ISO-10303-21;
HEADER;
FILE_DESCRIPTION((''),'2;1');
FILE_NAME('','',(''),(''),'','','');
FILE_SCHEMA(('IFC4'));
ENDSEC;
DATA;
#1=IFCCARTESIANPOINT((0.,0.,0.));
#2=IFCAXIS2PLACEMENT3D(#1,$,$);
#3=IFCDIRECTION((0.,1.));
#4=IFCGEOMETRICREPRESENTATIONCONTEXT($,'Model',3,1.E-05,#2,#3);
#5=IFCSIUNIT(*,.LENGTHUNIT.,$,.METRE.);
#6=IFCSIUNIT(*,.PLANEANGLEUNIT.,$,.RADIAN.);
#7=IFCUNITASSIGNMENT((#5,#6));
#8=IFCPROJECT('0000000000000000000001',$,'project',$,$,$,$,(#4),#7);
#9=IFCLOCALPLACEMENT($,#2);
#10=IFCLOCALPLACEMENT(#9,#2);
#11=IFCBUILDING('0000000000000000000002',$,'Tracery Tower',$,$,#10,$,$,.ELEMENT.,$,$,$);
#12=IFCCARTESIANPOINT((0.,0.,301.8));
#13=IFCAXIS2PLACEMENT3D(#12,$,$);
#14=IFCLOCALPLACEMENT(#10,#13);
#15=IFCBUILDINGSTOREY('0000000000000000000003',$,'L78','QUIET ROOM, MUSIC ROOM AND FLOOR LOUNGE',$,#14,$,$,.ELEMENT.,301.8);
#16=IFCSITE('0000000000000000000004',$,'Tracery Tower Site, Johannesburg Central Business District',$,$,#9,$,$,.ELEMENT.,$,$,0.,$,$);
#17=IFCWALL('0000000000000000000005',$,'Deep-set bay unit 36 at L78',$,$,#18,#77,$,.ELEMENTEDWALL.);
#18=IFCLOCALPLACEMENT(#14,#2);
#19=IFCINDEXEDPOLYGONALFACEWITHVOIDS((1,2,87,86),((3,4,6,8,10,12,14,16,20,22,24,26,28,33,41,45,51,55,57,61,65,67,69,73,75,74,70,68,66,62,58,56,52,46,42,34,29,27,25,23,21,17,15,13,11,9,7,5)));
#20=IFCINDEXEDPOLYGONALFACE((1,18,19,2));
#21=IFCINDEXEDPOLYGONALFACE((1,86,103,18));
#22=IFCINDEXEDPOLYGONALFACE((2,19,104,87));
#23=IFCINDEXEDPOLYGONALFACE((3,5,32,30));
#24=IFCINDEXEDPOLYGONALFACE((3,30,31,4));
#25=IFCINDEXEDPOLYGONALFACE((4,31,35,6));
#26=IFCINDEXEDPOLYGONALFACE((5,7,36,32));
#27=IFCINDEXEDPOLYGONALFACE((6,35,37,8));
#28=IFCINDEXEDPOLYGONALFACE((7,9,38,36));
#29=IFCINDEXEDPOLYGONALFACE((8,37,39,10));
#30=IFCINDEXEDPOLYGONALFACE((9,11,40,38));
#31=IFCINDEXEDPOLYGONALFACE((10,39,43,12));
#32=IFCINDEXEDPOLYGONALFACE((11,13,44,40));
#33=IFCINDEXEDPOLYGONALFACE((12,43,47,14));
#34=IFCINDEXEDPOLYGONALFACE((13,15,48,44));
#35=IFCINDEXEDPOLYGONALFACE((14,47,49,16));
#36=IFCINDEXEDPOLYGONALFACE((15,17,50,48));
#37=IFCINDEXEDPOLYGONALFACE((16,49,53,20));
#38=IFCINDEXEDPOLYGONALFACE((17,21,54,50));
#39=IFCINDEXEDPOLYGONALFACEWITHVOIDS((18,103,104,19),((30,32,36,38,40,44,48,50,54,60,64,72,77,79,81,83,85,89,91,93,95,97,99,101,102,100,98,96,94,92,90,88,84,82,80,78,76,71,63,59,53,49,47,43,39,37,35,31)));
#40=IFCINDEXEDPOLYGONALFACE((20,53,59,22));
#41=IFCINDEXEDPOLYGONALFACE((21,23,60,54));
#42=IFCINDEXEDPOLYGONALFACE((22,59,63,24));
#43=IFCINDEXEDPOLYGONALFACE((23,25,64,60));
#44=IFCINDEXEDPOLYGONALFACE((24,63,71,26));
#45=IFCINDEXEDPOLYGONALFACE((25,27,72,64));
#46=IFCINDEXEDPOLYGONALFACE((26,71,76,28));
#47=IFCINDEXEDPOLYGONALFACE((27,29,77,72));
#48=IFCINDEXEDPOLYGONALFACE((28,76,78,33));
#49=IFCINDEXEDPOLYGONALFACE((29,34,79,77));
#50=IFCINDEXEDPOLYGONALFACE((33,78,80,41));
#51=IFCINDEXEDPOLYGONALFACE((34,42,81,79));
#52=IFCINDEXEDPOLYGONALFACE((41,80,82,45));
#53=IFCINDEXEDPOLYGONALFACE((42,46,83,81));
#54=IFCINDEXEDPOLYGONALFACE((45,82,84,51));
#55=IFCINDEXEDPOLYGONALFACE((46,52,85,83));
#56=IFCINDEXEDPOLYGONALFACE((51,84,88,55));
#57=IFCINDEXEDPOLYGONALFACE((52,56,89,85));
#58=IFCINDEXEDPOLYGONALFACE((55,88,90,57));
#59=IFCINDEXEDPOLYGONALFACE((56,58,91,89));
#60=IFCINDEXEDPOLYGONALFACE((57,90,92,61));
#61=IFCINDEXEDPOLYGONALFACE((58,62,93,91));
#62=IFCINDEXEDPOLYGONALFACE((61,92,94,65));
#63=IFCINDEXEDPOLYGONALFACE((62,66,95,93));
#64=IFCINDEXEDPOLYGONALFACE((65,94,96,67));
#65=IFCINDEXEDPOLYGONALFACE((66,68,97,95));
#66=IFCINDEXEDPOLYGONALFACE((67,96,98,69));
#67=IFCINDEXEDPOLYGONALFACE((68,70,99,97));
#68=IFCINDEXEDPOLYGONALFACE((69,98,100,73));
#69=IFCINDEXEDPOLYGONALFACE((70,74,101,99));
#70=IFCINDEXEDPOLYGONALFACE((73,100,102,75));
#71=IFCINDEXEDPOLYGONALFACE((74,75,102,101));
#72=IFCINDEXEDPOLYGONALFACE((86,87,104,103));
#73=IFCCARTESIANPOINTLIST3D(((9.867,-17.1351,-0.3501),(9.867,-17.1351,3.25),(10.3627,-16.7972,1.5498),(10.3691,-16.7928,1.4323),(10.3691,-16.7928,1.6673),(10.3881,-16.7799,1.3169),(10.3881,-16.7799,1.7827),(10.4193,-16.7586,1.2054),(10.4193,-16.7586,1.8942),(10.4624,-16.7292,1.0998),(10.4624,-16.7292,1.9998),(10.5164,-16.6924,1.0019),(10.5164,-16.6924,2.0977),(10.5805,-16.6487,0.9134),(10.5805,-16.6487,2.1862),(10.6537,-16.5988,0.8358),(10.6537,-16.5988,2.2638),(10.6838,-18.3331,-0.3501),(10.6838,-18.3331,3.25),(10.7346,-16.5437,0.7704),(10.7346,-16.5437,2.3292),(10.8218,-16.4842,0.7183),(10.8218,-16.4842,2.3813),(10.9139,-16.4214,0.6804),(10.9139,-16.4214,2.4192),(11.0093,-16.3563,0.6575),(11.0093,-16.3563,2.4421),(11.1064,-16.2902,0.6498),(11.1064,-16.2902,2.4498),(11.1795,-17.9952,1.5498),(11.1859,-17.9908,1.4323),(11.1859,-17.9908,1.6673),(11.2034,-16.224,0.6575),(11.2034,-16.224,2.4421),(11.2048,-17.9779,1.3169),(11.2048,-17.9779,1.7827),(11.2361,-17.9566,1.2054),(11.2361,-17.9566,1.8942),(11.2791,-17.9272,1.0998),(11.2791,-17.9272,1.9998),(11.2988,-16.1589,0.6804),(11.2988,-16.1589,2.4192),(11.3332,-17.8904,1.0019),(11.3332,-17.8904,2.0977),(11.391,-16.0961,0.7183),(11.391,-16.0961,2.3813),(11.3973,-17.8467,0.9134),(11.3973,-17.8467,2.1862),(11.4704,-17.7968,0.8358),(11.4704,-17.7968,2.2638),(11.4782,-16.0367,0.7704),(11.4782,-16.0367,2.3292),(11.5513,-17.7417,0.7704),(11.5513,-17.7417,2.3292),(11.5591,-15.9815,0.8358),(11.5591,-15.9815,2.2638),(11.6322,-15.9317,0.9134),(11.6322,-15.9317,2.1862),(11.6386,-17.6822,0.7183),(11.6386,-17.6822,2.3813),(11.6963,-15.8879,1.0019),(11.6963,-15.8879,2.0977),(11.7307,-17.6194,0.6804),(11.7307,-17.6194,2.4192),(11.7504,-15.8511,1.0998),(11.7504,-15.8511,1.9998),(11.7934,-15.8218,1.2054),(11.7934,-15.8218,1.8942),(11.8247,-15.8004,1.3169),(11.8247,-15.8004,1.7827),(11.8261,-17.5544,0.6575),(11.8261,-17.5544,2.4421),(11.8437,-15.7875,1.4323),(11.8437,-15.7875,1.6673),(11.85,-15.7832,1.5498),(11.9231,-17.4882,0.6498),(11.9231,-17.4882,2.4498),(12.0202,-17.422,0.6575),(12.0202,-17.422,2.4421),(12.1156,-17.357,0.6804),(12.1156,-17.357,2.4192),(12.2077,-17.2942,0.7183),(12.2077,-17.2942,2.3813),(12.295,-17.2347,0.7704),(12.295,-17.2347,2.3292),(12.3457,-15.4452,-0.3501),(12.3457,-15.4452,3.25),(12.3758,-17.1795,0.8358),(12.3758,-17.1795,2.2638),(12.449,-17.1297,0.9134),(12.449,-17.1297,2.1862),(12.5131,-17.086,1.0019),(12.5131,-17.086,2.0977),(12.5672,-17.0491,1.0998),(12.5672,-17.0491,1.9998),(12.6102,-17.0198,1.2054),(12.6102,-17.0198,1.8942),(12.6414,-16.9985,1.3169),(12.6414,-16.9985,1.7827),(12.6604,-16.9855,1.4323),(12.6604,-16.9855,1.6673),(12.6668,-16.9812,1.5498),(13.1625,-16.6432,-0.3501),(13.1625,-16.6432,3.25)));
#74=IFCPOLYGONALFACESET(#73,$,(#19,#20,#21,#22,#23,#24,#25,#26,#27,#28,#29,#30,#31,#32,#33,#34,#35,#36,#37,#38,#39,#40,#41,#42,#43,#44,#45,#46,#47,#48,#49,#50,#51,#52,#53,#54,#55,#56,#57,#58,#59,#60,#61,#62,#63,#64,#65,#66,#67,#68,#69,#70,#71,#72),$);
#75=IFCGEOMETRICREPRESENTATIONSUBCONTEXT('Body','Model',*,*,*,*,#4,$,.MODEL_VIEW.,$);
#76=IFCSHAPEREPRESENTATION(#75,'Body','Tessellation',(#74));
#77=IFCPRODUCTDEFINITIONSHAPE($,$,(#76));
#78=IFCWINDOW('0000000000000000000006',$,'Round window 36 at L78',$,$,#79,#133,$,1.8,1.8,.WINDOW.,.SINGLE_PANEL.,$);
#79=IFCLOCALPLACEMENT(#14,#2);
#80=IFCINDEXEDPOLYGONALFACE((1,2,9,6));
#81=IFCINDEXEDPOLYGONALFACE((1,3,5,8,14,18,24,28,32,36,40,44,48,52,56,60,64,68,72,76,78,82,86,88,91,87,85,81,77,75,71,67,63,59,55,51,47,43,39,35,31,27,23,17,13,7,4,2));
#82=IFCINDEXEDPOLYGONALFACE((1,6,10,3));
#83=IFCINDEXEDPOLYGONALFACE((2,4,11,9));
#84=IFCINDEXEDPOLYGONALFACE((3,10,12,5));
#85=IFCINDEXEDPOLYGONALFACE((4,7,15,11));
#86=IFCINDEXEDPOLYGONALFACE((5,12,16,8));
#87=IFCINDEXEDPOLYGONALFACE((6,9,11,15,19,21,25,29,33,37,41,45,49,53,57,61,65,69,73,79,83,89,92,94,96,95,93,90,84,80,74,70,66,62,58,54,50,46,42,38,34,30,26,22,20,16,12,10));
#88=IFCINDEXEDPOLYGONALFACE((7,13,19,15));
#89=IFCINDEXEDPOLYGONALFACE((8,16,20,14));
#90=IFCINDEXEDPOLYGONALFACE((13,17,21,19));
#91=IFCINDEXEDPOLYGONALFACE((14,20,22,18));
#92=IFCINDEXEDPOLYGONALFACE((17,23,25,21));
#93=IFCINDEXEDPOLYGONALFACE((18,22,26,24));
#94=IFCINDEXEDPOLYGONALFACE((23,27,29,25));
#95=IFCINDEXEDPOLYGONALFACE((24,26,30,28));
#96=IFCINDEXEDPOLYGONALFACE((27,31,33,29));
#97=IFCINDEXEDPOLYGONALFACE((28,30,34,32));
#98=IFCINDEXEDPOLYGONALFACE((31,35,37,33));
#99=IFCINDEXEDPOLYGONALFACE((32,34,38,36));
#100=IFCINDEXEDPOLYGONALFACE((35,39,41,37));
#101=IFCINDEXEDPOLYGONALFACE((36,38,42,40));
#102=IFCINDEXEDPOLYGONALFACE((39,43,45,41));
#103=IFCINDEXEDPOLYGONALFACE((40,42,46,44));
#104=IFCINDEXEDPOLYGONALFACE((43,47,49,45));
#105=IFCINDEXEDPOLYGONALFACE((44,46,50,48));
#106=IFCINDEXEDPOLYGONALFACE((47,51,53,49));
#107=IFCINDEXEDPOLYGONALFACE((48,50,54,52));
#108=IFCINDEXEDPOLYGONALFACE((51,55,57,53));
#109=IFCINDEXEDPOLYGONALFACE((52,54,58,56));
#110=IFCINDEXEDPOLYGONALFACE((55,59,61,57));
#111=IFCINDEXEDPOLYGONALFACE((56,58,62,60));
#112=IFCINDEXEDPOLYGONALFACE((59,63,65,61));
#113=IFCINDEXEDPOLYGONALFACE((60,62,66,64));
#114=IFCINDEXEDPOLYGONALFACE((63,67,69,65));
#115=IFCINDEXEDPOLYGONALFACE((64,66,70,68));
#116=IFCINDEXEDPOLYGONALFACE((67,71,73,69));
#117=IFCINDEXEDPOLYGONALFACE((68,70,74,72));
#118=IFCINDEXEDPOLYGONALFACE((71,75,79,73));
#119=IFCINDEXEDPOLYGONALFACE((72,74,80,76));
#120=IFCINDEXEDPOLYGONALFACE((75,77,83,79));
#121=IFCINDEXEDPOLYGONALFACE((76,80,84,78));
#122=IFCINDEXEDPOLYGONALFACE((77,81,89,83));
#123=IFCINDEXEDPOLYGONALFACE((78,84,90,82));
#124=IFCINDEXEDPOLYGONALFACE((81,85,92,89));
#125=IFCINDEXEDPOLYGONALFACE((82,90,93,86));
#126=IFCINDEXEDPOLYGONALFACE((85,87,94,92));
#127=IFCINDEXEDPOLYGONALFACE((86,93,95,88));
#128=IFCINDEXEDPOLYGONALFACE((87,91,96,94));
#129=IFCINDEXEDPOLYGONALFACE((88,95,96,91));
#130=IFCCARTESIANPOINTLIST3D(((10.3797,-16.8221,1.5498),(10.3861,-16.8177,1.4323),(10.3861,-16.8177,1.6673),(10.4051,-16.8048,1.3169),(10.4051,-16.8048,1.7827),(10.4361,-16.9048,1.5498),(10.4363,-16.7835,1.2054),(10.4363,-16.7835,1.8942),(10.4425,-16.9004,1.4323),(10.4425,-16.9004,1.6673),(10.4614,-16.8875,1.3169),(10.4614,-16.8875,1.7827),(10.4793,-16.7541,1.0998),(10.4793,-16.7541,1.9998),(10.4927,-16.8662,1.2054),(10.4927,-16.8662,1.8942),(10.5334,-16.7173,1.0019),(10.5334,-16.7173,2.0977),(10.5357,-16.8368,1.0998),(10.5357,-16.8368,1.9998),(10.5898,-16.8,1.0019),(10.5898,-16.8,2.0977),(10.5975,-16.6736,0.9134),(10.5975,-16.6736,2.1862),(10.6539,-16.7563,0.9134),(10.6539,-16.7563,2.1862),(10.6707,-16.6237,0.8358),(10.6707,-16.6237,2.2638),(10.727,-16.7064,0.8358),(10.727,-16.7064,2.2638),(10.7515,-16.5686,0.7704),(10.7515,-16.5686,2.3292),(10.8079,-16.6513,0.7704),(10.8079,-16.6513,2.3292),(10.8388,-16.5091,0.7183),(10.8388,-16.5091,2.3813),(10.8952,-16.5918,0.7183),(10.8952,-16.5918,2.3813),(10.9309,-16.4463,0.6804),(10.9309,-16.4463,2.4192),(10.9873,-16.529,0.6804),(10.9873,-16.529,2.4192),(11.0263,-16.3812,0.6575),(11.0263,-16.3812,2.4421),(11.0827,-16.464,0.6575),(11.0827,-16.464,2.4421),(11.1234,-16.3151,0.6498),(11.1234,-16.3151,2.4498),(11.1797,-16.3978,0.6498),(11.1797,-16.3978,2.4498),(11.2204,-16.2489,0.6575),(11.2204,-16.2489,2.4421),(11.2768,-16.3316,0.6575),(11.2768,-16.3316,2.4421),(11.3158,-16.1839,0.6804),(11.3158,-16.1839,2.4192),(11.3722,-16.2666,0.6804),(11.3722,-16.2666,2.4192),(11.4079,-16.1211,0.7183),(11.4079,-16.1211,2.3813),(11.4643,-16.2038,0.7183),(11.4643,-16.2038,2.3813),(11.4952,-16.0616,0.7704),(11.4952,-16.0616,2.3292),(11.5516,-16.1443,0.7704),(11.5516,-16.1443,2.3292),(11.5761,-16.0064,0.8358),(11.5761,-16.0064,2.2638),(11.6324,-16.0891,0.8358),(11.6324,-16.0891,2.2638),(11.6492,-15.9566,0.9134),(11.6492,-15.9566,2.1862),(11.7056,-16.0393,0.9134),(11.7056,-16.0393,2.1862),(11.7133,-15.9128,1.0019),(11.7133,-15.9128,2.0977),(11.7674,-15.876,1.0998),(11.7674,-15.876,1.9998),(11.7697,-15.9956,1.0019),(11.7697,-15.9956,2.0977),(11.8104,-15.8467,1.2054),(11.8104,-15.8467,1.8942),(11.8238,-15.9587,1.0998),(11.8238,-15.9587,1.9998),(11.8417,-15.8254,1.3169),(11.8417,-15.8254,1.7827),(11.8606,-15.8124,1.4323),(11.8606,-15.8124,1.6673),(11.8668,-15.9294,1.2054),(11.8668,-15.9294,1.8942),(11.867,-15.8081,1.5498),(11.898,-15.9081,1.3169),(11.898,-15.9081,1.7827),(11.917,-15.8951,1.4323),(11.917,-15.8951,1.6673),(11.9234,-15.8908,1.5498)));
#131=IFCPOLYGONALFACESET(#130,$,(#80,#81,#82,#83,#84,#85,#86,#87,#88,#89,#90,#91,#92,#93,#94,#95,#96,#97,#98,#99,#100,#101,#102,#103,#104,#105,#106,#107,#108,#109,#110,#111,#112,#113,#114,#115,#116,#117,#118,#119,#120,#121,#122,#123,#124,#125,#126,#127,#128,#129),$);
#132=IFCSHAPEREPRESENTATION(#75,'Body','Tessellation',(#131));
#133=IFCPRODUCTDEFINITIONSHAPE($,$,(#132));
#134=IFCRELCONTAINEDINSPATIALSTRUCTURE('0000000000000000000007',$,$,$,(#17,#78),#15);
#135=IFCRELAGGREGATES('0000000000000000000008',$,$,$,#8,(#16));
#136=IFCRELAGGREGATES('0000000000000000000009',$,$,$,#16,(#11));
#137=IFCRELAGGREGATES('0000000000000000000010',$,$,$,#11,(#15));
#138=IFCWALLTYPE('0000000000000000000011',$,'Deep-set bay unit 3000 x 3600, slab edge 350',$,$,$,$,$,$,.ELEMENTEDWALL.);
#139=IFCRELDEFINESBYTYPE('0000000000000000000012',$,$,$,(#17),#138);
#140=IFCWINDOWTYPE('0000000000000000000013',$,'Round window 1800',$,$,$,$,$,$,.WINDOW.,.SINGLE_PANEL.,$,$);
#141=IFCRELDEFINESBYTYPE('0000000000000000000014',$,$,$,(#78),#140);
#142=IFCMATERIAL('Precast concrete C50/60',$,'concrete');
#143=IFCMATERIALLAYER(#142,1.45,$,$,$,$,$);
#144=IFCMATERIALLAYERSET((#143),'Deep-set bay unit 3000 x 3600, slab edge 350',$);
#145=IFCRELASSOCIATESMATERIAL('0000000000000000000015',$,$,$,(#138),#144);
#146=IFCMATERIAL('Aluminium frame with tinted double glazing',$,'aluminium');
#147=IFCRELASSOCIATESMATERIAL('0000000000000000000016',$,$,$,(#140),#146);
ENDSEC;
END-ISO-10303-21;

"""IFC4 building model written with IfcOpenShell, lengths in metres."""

from ifc_helpers import new_model, si_unit, direction, frame, frame_2d, origin, origin_2d, place, context, subcontext, project, spatial, rectangle, circle, extrude, material, layer, layer_set, type_object, element, fill, save


model = new_model("IFC4")

# Units and contexts
model_context = context("Model", 3, precision=1e-05, world=origin(), true_north=direction((0.0, 1.0)))
body_context = subcontext(model_context, "Body", "Model", "MODEL_VIEW")
ifc_project = project(units=[si_unit("LENGTHUNIT", "METRE"), si_unit("PLANEANGLEUNIT", "RADIAN")], contexts=[model_context])

# Site, building, storey
site_placement = place(None, origin())
site = spatial("IfcSite", under=ifc_project, at=site_placement, Name="Tracery Tower Site, Johannesburg Central Business District", CompositionType="ELEMENT", RefElevation=0.0)
building_placement = place(site_placement, origin())
building = spatial("IfcBuilding", under=site, at=building_placement, Name="Tracery Tower", CompositionType="ELEMENT")
storey_placement = place(building_placement, frame((0.0, 0.0, 301.8)))
storey = spatial("IfcBuildingStorey", under=building, at=storey_placement, Name="L78", Description="QUIET ROOM, MUSIC ROOM AND FLOOR LOUNGE", CompositionType="ELEMENT", Elevation=301.8)

# Wall, opening, window
ifc_material_1 = material(Name="Precast concrete C50/60", Category="concrete")
ifc_layer_1 = layer(ifc_material_1, 1.45)
ifc_layer_set_1 = layer_set([ifc_layer_1], Name="Deep-set bay unit 3000 x 3600, slab edge 350")
wall_type_1 = type_object("IfcWallType", Name="Deep-set bay unit 3000 x 3600, slab edge 350", PredefinedType="ELEMENTEDWALL", material=ifc_layer_set_1)
wall_1_placement = place(storey_placement, frame((10.2754, -17.7341, -0.3501), z_axis=(0.0, 0.0, 1.0), x_axis=(0.826246, 0.563309, 0.0)))
wall_1 = element("IfcWall", 1, at=wall_1_placement, inside=storey, type_object=wall_type_1, Name="Deep-set bay unit 36 at L78", PredefinedType="ELEMENTEDWALL", context=body_context, shape_type="SweptSolid", body=[
    extrude(rectangle(XDim=3.0, YDim=1.45, at=frame_2d((1.5, 0.0))), origin(), (0.0, 0.0, 1.0), 3.6001),
])
opening_1_placement = place(wall_1_placement, frame((1.5, 0.0, 1.8999)))
opening_1 = element("IfcOpeningElement", 2, at=opening_1_placement, cuts=wall_1, PredefinedType="OPENING", context=body_context, shape_type="SweptSolid", body=[
    extrude(circle(Radius=0.9, at=origin_2d()), frame((0.0, 0.7349, 0.0), z_axis=(0.0, -1.0, 0.0), x_axis=(1.0, 0.0, 0.0)), (0.0, 0.0, 1.0), 1.47),
])
ifc_material_2 = material(Name="Aluminium frame with tinted double glazing", Category="aluminium")
window_type = type_object("IfcWindowType", Name="Round window 1800", PartitioningType="SINGLE_PANEL", PredefinedType="WINDOW", material=ifc_material_2)
window_1_placement = place(opening_1_placement, origin())
window_1 = element("IfcWindow", 3, at=window_1_placement, inside=storey, type_object=window_type, Name="Round window 36 at L78", OverallHeight=1.8, OverallWidth=1.8, PartitioningType="SINGLE_PANEL", PredefinedType="WINDOW", context=body_context, shape_type="SweptSolid", body=[
    extrude(circle(Radius=0.9, at=origin_2d()), frame((0.0, 0.6948, 0.0), z_axis=(0.0, -1.0, 0.0), x_axis=(1.0, 0.0, 0.0)), (0.0, 0.0, 1.0), 0.1001),
])
fill(opening_1, window_1)

save(model, "model.ifc")
